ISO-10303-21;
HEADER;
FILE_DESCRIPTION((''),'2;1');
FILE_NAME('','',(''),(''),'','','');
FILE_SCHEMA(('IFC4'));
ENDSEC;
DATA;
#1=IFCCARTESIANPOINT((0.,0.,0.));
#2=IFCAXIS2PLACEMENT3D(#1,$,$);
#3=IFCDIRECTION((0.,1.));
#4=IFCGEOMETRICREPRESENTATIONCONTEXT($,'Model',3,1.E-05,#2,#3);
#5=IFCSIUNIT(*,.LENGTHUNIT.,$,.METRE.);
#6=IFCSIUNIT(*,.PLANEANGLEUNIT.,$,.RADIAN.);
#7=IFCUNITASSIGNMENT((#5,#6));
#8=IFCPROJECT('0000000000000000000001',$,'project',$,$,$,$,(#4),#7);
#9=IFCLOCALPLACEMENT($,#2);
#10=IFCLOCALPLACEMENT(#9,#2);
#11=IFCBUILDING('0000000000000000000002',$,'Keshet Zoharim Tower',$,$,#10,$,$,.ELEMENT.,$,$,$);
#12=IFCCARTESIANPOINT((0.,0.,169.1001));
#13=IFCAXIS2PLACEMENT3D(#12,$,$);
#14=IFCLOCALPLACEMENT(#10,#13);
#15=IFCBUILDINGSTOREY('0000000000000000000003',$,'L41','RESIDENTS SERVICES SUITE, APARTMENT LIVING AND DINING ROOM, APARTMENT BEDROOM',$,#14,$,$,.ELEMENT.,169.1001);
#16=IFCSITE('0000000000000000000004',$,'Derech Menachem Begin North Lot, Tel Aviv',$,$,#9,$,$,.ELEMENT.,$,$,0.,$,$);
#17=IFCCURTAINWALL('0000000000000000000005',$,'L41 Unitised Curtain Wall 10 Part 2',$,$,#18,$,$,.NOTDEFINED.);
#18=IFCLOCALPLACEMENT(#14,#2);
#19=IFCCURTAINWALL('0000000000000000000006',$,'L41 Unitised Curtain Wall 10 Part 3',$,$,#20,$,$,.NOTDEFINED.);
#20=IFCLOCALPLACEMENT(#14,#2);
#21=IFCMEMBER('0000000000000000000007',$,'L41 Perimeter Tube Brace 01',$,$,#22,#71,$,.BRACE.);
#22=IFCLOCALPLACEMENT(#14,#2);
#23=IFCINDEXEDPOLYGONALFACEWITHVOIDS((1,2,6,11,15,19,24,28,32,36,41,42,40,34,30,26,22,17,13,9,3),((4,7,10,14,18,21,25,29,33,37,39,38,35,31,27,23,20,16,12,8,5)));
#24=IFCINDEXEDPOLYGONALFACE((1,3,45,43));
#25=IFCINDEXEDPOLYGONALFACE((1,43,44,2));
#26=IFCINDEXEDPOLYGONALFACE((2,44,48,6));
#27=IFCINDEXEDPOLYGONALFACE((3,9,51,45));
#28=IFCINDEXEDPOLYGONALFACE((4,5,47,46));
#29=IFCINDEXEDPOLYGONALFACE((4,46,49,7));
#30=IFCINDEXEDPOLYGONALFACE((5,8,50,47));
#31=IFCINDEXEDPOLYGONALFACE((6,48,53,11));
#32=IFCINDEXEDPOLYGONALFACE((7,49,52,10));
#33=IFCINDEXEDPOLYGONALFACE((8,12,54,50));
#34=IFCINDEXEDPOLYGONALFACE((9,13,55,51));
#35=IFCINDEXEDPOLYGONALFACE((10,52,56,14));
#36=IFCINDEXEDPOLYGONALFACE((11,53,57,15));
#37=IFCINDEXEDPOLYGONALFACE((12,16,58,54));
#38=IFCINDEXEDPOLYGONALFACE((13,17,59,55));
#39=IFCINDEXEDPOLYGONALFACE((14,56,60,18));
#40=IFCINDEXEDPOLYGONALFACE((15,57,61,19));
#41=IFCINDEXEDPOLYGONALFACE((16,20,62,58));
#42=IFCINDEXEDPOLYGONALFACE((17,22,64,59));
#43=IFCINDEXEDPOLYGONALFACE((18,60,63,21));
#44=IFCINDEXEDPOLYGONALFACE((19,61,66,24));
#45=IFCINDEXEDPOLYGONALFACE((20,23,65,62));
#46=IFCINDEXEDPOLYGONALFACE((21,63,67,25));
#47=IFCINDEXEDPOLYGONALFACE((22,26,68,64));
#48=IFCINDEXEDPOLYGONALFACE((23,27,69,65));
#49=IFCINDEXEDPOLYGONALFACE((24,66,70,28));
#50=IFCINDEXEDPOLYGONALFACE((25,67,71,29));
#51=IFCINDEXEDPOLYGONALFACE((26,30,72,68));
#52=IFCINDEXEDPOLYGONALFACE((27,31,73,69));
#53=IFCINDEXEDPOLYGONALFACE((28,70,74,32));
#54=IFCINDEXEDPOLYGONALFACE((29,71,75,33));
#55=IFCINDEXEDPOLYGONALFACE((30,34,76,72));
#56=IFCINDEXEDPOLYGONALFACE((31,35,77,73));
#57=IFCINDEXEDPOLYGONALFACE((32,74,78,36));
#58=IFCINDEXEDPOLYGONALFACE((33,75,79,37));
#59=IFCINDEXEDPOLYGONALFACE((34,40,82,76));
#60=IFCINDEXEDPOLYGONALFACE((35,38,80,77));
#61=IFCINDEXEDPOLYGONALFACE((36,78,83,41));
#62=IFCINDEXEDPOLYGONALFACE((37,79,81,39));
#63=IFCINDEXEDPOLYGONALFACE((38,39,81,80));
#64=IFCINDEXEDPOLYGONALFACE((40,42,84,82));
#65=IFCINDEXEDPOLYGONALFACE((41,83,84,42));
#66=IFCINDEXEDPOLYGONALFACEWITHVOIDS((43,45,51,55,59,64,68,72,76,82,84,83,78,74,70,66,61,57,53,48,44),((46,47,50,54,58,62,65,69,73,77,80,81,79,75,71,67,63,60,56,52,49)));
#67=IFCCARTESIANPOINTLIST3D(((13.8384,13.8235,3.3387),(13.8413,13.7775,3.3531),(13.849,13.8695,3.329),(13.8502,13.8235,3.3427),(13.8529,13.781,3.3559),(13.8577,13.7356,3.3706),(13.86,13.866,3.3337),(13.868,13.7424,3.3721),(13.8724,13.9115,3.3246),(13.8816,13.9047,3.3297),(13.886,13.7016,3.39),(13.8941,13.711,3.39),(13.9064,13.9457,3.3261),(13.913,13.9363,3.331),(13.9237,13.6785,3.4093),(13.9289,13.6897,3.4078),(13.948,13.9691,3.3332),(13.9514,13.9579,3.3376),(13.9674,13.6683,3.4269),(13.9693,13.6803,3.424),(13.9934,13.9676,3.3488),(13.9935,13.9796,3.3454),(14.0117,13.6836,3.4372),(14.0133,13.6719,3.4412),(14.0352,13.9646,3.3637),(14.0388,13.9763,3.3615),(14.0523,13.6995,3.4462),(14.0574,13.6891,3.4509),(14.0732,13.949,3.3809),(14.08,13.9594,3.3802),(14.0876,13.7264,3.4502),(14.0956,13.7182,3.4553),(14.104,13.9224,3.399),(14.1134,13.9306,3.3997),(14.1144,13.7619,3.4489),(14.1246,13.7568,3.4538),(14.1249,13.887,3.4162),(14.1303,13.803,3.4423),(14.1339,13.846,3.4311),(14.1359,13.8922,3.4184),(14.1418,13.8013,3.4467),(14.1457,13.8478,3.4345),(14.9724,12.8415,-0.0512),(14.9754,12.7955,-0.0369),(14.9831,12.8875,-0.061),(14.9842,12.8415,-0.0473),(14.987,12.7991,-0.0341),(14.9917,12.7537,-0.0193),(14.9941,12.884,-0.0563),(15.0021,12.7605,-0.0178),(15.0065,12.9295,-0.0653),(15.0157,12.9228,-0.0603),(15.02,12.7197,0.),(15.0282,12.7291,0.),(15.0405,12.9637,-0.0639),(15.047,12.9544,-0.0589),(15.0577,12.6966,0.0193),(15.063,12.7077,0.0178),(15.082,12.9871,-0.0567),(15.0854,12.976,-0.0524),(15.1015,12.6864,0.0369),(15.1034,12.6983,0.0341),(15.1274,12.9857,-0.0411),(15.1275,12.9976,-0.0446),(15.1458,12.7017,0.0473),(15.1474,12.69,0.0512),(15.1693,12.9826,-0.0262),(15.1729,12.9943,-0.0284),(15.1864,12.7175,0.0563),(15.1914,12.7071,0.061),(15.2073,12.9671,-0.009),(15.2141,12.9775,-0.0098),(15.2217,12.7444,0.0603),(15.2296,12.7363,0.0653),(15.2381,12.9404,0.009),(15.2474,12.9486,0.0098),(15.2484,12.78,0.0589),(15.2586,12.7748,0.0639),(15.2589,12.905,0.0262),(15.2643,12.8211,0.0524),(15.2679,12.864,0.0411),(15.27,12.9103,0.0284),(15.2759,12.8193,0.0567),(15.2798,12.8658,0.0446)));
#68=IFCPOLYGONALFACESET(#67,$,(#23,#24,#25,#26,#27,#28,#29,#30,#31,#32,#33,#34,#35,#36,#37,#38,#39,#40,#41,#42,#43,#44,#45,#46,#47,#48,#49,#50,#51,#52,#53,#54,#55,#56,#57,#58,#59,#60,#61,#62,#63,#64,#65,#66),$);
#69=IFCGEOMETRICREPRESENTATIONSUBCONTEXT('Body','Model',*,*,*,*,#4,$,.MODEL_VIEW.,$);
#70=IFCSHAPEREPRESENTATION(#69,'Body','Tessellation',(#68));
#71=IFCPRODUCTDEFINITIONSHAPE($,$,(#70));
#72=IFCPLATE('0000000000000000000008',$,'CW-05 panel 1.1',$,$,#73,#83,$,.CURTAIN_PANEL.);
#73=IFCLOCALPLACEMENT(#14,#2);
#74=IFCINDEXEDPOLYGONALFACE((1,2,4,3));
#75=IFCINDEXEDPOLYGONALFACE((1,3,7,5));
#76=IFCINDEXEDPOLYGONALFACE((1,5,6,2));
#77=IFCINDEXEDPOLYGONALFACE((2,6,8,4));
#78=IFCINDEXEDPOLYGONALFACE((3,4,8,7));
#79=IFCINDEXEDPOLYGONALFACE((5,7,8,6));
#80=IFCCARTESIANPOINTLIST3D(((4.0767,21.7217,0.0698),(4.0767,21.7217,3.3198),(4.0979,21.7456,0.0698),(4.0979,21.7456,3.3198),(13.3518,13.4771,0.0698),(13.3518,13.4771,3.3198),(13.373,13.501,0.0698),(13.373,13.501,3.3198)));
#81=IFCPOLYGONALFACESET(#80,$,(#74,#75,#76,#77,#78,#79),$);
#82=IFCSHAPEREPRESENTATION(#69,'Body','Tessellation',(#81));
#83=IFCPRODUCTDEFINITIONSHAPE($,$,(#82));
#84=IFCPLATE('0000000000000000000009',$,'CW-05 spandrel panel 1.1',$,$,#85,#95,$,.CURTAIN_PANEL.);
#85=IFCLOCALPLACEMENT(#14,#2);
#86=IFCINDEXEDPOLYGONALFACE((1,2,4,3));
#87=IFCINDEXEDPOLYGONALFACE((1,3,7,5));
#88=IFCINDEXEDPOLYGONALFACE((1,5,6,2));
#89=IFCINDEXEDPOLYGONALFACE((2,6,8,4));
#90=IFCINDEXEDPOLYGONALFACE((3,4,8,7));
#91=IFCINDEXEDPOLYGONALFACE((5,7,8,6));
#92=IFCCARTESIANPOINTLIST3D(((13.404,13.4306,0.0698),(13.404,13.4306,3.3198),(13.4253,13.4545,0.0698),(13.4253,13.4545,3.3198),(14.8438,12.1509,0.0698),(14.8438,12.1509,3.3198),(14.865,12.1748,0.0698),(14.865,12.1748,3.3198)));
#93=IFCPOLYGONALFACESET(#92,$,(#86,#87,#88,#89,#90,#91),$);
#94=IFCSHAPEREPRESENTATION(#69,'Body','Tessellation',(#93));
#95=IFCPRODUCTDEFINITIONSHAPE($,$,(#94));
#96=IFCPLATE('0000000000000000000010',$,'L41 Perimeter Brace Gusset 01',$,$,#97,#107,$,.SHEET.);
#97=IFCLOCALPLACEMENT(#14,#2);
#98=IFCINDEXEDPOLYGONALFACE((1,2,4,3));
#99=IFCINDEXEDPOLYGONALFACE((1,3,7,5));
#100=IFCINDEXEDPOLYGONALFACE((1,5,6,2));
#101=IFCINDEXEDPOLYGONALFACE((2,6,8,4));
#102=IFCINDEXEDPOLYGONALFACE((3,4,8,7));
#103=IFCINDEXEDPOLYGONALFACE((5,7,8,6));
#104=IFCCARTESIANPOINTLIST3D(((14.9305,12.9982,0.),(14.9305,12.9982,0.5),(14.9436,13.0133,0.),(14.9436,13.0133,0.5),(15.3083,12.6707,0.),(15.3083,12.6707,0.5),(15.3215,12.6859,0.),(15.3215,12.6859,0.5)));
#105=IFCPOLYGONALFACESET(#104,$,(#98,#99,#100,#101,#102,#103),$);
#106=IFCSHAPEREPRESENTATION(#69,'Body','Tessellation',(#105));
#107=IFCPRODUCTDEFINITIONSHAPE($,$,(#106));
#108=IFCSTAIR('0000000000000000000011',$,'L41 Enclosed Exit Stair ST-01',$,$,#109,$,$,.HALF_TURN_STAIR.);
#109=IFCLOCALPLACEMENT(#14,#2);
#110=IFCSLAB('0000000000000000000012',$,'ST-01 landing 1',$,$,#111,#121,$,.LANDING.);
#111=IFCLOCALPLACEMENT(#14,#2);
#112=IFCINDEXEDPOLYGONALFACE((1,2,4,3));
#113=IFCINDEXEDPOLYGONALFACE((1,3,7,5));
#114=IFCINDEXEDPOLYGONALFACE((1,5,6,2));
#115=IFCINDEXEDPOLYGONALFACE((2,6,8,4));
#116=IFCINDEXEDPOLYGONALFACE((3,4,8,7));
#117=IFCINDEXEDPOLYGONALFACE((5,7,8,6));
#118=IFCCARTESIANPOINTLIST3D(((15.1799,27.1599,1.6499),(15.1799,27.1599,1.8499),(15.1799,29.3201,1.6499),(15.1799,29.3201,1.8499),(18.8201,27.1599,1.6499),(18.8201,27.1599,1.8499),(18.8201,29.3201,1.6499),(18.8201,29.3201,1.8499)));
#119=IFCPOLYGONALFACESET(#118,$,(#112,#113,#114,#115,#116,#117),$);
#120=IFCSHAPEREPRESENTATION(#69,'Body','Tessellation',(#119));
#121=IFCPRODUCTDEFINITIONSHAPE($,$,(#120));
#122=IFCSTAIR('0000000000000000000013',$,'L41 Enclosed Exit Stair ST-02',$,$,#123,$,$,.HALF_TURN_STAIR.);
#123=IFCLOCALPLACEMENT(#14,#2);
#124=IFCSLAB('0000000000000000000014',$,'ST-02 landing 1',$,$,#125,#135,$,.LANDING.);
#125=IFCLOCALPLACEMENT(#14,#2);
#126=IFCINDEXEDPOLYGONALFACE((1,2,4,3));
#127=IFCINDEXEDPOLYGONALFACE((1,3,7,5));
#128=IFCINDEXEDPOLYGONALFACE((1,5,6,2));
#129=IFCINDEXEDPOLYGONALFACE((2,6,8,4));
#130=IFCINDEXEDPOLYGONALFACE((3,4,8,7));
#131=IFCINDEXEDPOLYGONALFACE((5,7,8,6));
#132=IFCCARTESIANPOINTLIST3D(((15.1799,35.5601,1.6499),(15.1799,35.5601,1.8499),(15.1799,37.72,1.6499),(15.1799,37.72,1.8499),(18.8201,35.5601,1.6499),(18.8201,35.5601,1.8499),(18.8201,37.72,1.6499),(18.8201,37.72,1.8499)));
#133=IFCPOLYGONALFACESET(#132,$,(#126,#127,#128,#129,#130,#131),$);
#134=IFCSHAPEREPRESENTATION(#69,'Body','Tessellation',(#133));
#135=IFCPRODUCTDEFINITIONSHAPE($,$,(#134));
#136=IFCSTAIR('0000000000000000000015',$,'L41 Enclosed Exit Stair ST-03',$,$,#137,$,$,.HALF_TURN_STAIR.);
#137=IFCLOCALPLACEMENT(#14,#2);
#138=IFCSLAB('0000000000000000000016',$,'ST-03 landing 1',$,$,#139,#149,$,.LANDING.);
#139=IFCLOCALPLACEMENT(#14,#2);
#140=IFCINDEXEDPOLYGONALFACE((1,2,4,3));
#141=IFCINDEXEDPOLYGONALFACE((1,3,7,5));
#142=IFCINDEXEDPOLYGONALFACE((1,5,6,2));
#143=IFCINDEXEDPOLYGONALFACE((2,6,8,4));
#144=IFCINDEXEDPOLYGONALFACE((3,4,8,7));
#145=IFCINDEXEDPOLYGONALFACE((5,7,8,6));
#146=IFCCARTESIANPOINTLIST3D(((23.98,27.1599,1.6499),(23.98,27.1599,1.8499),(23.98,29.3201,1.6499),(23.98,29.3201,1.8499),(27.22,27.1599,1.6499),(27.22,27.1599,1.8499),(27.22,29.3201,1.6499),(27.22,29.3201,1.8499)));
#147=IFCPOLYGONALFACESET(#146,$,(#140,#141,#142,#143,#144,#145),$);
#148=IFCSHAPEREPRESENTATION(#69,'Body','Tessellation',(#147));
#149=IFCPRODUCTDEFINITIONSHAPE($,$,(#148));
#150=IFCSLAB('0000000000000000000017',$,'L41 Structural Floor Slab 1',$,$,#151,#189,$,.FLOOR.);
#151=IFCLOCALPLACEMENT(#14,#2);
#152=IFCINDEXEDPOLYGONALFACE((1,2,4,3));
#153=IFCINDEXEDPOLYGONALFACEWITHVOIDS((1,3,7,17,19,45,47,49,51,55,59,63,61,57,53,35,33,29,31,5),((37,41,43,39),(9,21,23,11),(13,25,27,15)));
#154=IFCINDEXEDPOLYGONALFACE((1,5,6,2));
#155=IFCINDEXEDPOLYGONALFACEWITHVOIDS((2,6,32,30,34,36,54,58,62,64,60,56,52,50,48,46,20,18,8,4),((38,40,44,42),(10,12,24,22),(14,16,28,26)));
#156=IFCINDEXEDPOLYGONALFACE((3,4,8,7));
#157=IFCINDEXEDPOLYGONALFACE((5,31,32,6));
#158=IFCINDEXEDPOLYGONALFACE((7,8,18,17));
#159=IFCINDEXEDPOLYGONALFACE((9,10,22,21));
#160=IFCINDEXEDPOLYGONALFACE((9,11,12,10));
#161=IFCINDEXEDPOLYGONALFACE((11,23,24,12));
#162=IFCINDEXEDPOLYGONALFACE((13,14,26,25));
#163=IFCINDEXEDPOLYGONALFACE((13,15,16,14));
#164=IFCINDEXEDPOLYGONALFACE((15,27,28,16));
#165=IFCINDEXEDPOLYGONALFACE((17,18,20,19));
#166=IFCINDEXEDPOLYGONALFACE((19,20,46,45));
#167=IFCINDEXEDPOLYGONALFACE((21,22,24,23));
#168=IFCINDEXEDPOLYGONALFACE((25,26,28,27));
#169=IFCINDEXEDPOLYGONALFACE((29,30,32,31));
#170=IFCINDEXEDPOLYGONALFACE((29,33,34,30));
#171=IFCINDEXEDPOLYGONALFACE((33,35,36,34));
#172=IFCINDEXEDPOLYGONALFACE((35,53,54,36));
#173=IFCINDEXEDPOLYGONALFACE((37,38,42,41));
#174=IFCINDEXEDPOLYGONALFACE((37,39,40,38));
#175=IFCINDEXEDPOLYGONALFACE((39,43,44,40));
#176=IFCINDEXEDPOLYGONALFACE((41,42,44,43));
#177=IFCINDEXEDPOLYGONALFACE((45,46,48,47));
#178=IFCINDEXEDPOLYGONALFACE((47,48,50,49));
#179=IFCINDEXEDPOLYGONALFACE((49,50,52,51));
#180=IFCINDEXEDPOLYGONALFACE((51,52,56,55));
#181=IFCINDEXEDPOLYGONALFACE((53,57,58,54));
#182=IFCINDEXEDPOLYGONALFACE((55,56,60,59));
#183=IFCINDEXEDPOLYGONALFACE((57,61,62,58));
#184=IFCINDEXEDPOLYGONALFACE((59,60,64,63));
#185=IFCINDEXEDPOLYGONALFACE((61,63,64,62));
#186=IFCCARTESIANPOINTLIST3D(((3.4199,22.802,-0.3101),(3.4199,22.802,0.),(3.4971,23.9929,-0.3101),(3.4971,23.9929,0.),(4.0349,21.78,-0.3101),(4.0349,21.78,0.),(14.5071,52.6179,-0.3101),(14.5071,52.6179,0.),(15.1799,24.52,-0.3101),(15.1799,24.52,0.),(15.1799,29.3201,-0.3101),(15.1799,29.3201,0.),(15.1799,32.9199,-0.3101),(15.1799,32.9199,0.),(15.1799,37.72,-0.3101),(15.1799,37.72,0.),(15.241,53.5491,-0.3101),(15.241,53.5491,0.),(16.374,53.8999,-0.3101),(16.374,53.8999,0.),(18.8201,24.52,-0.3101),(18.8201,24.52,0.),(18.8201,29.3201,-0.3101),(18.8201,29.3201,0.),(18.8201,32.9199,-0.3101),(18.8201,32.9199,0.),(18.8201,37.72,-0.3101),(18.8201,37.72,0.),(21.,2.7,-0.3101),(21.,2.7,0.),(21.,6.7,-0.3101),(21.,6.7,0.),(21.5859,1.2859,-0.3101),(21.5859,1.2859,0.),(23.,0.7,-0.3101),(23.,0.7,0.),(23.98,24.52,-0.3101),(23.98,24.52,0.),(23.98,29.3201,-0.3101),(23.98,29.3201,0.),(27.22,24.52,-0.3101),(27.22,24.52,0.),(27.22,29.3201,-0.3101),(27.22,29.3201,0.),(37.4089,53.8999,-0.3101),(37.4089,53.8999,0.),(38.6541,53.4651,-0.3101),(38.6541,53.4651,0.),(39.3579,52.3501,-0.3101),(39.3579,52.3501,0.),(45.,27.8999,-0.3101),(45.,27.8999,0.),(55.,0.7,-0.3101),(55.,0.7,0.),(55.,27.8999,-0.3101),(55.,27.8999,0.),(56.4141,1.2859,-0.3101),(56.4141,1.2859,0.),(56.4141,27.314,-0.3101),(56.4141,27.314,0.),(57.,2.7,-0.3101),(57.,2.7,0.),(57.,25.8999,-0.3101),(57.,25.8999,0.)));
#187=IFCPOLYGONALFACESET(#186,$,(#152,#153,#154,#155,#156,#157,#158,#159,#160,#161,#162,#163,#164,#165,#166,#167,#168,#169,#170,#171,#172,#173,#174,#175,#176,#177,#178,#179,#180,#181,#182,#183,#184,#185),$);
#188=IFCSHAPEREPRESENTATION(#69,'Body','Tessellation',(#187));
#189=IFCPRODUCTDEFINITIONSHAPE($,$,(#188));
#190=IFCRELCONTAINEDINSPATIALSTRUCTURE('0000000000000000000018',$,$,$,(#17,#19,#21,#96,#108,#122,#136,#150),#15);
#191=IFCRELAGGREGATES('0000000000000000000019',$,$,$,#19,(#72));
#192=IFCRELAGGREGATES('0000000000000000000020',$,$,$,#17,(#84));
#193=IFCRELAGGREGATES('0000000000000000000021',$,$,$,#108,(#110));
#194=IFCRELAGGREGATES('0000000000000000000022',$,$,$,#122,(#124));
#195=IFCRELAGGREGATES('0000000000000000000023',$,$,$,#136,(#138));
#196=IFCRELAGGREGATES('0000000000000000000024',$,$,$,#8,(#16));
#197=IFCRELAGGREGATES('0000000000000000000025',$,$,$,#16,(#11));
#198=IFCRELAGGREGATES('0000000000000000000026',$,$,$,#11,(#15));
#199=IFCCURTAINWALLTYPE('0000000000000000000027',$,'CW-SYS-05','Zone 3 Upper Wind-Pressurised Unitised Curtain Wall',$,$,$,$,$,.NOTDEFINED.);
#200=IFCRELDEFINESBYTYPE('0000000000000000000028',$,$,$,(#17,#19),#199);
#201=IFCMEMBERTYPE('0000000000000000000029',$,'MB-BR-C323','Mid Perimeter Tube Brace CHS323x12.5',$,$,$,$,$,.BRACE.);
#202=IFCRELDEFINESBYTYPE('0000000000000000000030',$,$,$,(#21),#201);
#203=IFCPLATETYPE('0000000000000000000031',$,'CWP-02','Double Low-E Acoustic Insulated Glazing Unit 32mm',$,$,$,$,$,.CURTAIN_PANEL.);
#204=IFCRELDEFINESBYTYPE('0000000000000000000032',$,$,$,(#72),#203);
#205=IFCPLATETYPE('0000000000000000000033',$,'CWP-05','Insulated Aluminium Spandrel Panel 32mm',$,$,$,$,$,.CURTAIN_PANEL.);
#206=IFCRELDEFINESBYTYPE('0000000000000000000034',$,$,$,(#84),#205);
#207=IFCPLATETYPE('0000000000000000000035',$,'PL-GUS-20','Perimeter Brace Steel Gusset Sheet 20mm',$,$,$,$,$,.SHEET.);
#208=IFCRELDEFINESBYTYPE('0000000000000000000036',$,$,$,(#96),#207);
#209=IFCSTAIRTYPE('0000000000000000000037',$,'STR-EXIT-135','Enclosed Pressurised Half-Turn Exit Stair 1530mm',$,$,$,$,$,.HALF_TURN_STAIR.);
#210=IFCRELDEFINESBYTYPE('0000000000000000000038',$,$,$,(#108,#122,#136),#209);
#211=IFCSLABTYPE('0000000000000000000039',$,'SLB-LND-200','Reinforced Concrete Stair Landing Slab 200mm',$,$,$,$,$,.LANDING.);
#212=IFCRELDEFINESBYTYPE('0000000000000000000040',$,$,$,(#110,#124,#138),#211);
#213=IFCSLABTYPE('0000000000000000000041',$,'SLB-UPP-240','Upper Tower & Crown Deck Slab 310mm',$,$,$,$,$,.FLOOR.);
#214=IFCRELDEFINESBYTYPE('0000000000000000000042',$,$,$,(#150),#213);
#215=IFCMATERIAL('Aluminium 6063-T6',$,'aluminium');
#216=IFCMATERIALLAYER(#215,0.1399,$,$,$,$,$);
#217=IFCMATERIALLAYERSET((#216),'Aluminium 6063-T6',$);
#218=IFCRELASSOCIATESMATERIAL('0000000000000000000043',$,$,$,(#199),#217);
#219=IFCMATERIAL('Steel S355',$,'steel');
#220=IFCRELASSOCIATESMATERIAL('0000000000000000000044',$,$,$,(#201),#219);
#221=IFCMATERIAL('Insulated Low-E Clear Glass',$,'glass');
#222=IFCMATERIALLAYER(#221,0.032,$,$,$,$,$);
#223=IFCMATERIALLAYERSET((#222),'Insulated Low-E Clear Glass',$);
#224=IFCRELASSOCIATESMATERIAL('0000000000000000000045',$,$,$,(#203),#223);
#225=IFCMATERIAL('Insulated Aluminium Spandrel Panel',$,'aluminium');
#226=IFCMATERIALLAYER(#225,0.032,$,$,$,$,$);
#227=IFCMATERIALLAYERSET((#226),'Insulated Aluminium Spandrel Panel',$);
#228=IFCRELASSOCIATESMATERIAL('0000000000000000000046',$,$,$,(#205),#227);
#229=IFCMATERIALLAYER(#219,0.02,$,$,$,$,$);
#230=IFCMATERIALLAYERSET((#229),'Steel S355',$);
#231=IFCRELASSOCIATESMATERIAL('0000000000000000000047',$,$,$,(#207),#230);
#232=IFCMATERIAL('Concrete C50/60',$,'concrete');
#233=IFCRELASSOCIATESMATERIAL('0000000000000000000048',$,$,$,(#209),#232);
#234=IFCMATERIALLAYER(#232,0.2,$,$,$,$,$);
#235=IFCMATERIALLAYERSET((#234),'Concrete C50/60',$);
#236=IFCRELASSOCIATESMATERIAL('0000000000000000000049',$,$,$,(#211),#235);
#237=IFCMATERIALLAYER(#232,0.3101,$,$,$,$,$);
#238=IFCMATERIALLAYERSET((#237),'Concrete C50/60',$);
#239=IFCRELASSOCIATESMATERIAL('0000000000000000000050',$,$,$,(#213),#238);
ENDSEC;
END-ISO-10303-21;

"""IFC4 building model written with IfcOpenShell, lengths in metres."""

from ifc_helpers import new_model, si_unit, direction, frame, origin, origin_2d, place, context, subcontext, project, spatial, polyline, rectangle, hollow_circle, outline, extrude, material, layer, layer_set, material_profile, profile_set, type_object, element, aggregate, save


model = new_model("IFC4")

# Units and contexts
model_context = context("Model", 3, precision=1e-05, world=origin(), true_north=direction((0.0, 1.0)))
body_context = subcontext(model_context, "Body", "Model", "MODEL_VIEW")
ifc_project = project(units=[si_unit("LENGTHUNIT", "METRE"), si_unit("PLANEANGLEUNIT", "RADIAN")], contexts=[model_context])

# Site, building, storey
site_placement = place(None, origin())
site = spatial("IfcSite", under=ifc_project, at=site_placement, Name="Derech Menachem Begin North Lot, Tel Aviv", CompositionType="ELEMENT", RefElevation=0.0)
building_placement = place(site_placement, origin())
building = spatial("IfcBuilding", under=site, at=building_placement, Name="Keshet Zoharim Tower", CompositionType="ELEMENT")
storey_placement = place(building_placement, frame((0.0, 0.0, 169.1001)))
storey = spatial("IfcBuildingStorey", under=building, at=storey_placement, Name="L41", Description="RESIDENTS SERVICES SUITE, APARTMENT LIVING AND DINING ROOM, APARTMENT BEDROOM", CompositionType="ELEMENT", Elevation=169.1001)

# Shared definitions
ifc_material_1 = material(Name="Steel S355", Category="steel")

# Shared definitions
ifc_material_2 = material(Name="Concrete C50/60", Category="concrete")

# Shared definitions
ifc_material_3 = material(Name="Aluminium 6063-T6", Category="aluminium")
ifc_layer_1 = layer(ifc_material_3, 0.1399)
ifc_layer_set_1 = layer_set([ifc_layer_1], Name="Aluminium 6063-T6")
curtain_wall_type = type_object("IfcCurtainWallType", Name="CW-SYS-05", Description="Zone 3 Upper Wind-Pressurised Unitised Curtain Wall", PredefinedType="NOTDEFINED", material=ifc_layer_set_1)

# Curtain walls
curtain_wall_1_placement = place(storey_placement, origin())
curtain_wall_1 = element("IfcCurtainWall", 1, at=curtain_wall_1_placement, inside=storey, type_object=curtain_wall_type, Name="L41 Unitised Curtain Wall 10 Part 2", PredefinedType="NOTDEFINED")
curtain_wall_2_placement = place(storey_placement, origin())
curtain_wall_2 = element("IfcCurtainWall", 2, at=curtain_wall_2_placement, inside=storey, type_object=curtain_wall_type, Name="L41 Unitised Curtain Wall 10 Part 3", PredefinedType="NOTDEFINED")

# Member
ifc_material_profile_1 = material_profile(ifc_material_1, hollow_circle(Radius=0.1619, WallThickness=0.0125, at=origin_2d()), Name="CHS323x12.5")
ifc_profile_set_1 = profile_set([ifc_material_profile_1], Name="Steel S355")
member_type_1 = type_object("IfcMemberType", Name="MB-BR-C323", Description="Mid Perimeter Tube Brace CHS323x12.5", PredefinedType="BRACE", material=ifc_profile_set_1)
member_1_placement = place(storey_placement, frame((15.126, 12.842, 0.0), z_axis=(-0.30592, 0.264889, 0.914466), x_axis=(-0.65459, -0.755984, 0.0)))
element("IfcMember", 3, at=member_1_placement, inside=storey, type_object=member_type_1, Name="L41 Perimeter Tube Brace 01", PredefinedType="BRACE", context=body_context, shape_type="SweptSolid", body=[
    extrude(hollow_circle(Radius=0.1619, WallThickness=0.0125, at=origin_2d()), origin(), (0.0, 0.0, 1.0), 3.707),
])

# Plates
ifc_material_4 = material(Name="Insulated Low-E Clear Glass", Category="glass")
ifc_layer_2 = layer(ifc_material_4, 0.032)
ifc_layer_set_2 = layer_set([ifc_layer_2], Name="Insulated Low-E Clear Glass")
plate_type_1 = type_object("IfcPlateType", Name="CWP-02", Description="Double Low-E Acoustic Insulated Glazing Unit 32mm", PredefinedType="CURTAIN_PANEL", material=ifc_layer_set_2)
plate_1_placement = place(storey_placement, frame((8.7249, 17.6113, 0.0698), z_axis=(0.0, 0.0, 1.0), x_axis=(-0.747407, 0.664367, 0.0)))
plate_1 = element("IfcPlate", 4, at=plate_1_placement, type_object=plate_type_1, Name="CW-05 panel 1.1", PredefinedType="CURTAIN_PANEL", context=body_context, shape_type="SweptSolid", body=[
    extrude(rectangle(XDim=12.4097, YDim=0.032, at=origin_2d()), origin(), (0.0, 0.0, 1.0), 3.25),
])
aggregate(curtain_wall_2, [plate_1])
ifc_material_5 = material(Name="Insulated Aluminium Spandrel Panel", Category="aluminium")
ifc_layer_3 = layer(ifc_material_5, 0.032)
ifc_layer_set_3 = layer_set([ifc_layer_3], Name="Insulated Aluminium Spandrel Panel")
plate_type_2 = type_object("IfcPlateType", Name="CWP-05", Description="Insulated Aluminium Spandrel Panel 32mm", PredefinedType="CURTAIN_PANEL", material=ifc_layer_set_3)
plate_2_placement = place(storey_placement, frame((14.1345, 12.8027, 0.0698), z_axis=(0.0, 0.0, 1.0), x_axis=(-0.74744, 0.66433, 0.0)))
plate_2 = element("IfcPlate", 5, at=plate_2_placement, type_object=plate_type_2, Name="CW-05 spandrel panel 1.1", PredefinedType="CURTAIN_PANEL", context=body_context, shape_type="SweptSolid", body=[
    extrude(rectangle(XDim=1.9263, YDim=0.032, at=origin_2d()), origin(), (0.0, 0.0, 1.0), 3.25),
])
aggregate(curtain_wall_1, [plate_2])
ifc_layer_4 = layer(ifc_material_1, 0.02)
ifc_layer_set_4 = layer_set([ifc_layer_4], Name="Steel S355")
plate_type_3 = type_object("IfcPlateType", Name="PL-GUS-20", Description="Perimeter Brace Steel Gusset Sheet 20mm", PredefinedType="SHEET", material=ifc_layer_set_4)
plate_3_placement = place(storey_placement, frame((15.126, 12.842, 0.0), z_axis=(0.0, 0.0, 1.0), x_axis=(-0.755689, 0.654931, 0.0)))
element("IfcPlate", 6, at=plate_3_placement, inside=storey, type_object=plate_type_3, Name="L41 Perimeter Brace Gusset 01", PredefinedType="SHEET", context=body_context, shape_type="SweptSolid", body=[
    extrude(rectangle(XDim=0.5, YDim=0.02, at=origin_2d()), origin(), (0.0, 0.0, 1.0), 0.5),
])

# Stairs, slabs
stair_type = type_object("IfcStairType", Name="STR-EXIT-135", Description="Enclosed Pressurised Half-Turn Exit Stair 1530mm", PredefinedType="HALF_TURN_STAIR", material=ifc_material_2)
stair_1_placement = place(storey_placement, origin())
stair_1 = element("IfcStair", 7, at=stair_1_placement, inside=storey, type_object=stair_type, Name="L41 Enclosed Exit Stair ST-01", PredefinedType="HALF_TURN_STAIR")
ifc_layer_5 = layer(ifc_material_2, 0.2)
ifc_layer_set_5 = layer_set([ifc_layer_5], Name="Concrete C50/60")
slab_type_1 = type_object("IfcSlabType", Name="SLB-LND-200", Description="Reinforced Concrete Stair Landing Slab 200mm", PredefinedType="LANDING", material=ifc_layer_set_5)
slab_1_placement = place(storey_placement, frame((0.0, 0.0, 1.6499)))
slab_1 = element("IfcSlab", 8, at=slab_1_placement, type_object=slab_type_1, Name="ST-01 landing 1", PredefinedType="LANDING", context=body_context, shape_type="SweptSolid", body=[
    extrude(outline(polyline([(15.1799, 27.1599), (18.8201, 27.1599), (18.8201, 29.3201), (15.1799, 29.3201), (15.1799, 27.1599)])), origin(), (0.0, 0.0, 1.0), 0.2),
])
aggregate(stair_1, [slab_1])
stair_2_placement = place(storey_placement, origin())
stair_2 = element("IfcStair", 9, at=stair_2_placement, inside=storey, type_object=stair_type, Name="L41 Enclosed Exit Stair ST-02", PredefinedType="HALF_TURN_STAIR")
slab_2_placement = place(storey_placement, frame((0.0, 0.0, 1.6499)))
slab_2 = element("IfcSlab", 10, at=slab_2_placement, type_object=slab_type_1, Name="ST-02 landing 1", PredefinedType="LANDING", context=body_context, shape_type="SweptSolid", body=[
    extrude(outline(polyline([(15.1799, 35.5601), (18.8201, 35.5601), (18.8201, 37.72), (15.1799, 37.72), (15.1799, 35.5601)])), origin(), (0.0, 0.0, 1.0), 0.2),
])
aggregate(stair_2, [slab_2])
stair_3_placement = place(storey_placement, origin())
stair_3 = element("IfcStair", 11, at=stair_3_placement, inside=storey, type_object=stair_type, Name="L41 Enclosed Exit Stair ST-03", PredefinedType="HALF_TURN_STAIR")
slab_3_placement = place(storey_placement, frame((0.0, 0.0, 1.6499)))
slab_3 = element("IfcSlab", 12, at=slab_3_placement, type_object=slab_type_1, Name="ST-03 landing 1", PredefinedType="LANDING", context=body_context, shape_type="SweptSolid", body=[
    extrude(outline(polyline([(23.98, 27.1599), (27.22, 27.1599), (27.22, 29.3201), (23.98, 29.3201), (23.98, 27.1599)])), origin(), (0.0, 0.0, 1.0), 0.2),
])
aggregate(stair_3, [slab_3])

# Slab
ifc_layer_6 = layer(ifc_material_2, 0.3101)
ifc_layer_set_6 = layer_set([ifc_layer_6], Name="Concrete C50/60")
slab_type_2 = type_object("IfcSlabType", Name="SLB-UPP-240", Description="Upper Tower & Crown Deck Slab 310mm", PredefinedType="FLOOR", material=ifc_layer_set_6)
slab_4_placement = place(storey_placement, frame((0.0, 0.0, -0.3101)))
element("IfcSlab", 13, at=slab_4_placement, inside=storey, type_object=slab_type_2, Name="L41 Structural Floor Slab 1", PredefinedType="FLOOR", context=body_context, shape_type="SweptSolid", body=[
    extrude(outline(polyline([(55.0, 27.8999), (56.4141, 27.314), (57.0, 25.8999), (57.0, 2.7), (56.4141, 1.2859), (55.0, 0.7), (23.0, 0.7), (21.5859, 1.2859), (21.0, 2.7), (21.0, 6.7), (4.0349, 21.78), (3.4199, 22.802), (3.4971, 23.9929), (14.5071, 52.6179), (15.241, 53.5491), (16.374, 53.8999), (37.4089, 53.8999), (38.6541, 53.4651), (39.3579, 52.3501), (45.0, 27.8999), (55.0, 27.8999)]), holes=[polyline([(15.1799, 24.52), (18.8201, 24.52), (18.8201, 29.3201), (15.1799, 29.3201), (15.1799, 24.52)]), polyline([(15.1799, 32.9199), (18.8201, 32.9199), (18.8201, 37.72), (15.1799, 37.72), (15.1799, 32.9199)]), polyline([(23.98, 24.52), (27.22, 24.52), (27.22, 29.3201), (23.98, 29.3201), (23.98, 24.52)])]), origin(), (0.0, 0.0, 1.0), 0.3101),
])

save(model, "model.ifc")
